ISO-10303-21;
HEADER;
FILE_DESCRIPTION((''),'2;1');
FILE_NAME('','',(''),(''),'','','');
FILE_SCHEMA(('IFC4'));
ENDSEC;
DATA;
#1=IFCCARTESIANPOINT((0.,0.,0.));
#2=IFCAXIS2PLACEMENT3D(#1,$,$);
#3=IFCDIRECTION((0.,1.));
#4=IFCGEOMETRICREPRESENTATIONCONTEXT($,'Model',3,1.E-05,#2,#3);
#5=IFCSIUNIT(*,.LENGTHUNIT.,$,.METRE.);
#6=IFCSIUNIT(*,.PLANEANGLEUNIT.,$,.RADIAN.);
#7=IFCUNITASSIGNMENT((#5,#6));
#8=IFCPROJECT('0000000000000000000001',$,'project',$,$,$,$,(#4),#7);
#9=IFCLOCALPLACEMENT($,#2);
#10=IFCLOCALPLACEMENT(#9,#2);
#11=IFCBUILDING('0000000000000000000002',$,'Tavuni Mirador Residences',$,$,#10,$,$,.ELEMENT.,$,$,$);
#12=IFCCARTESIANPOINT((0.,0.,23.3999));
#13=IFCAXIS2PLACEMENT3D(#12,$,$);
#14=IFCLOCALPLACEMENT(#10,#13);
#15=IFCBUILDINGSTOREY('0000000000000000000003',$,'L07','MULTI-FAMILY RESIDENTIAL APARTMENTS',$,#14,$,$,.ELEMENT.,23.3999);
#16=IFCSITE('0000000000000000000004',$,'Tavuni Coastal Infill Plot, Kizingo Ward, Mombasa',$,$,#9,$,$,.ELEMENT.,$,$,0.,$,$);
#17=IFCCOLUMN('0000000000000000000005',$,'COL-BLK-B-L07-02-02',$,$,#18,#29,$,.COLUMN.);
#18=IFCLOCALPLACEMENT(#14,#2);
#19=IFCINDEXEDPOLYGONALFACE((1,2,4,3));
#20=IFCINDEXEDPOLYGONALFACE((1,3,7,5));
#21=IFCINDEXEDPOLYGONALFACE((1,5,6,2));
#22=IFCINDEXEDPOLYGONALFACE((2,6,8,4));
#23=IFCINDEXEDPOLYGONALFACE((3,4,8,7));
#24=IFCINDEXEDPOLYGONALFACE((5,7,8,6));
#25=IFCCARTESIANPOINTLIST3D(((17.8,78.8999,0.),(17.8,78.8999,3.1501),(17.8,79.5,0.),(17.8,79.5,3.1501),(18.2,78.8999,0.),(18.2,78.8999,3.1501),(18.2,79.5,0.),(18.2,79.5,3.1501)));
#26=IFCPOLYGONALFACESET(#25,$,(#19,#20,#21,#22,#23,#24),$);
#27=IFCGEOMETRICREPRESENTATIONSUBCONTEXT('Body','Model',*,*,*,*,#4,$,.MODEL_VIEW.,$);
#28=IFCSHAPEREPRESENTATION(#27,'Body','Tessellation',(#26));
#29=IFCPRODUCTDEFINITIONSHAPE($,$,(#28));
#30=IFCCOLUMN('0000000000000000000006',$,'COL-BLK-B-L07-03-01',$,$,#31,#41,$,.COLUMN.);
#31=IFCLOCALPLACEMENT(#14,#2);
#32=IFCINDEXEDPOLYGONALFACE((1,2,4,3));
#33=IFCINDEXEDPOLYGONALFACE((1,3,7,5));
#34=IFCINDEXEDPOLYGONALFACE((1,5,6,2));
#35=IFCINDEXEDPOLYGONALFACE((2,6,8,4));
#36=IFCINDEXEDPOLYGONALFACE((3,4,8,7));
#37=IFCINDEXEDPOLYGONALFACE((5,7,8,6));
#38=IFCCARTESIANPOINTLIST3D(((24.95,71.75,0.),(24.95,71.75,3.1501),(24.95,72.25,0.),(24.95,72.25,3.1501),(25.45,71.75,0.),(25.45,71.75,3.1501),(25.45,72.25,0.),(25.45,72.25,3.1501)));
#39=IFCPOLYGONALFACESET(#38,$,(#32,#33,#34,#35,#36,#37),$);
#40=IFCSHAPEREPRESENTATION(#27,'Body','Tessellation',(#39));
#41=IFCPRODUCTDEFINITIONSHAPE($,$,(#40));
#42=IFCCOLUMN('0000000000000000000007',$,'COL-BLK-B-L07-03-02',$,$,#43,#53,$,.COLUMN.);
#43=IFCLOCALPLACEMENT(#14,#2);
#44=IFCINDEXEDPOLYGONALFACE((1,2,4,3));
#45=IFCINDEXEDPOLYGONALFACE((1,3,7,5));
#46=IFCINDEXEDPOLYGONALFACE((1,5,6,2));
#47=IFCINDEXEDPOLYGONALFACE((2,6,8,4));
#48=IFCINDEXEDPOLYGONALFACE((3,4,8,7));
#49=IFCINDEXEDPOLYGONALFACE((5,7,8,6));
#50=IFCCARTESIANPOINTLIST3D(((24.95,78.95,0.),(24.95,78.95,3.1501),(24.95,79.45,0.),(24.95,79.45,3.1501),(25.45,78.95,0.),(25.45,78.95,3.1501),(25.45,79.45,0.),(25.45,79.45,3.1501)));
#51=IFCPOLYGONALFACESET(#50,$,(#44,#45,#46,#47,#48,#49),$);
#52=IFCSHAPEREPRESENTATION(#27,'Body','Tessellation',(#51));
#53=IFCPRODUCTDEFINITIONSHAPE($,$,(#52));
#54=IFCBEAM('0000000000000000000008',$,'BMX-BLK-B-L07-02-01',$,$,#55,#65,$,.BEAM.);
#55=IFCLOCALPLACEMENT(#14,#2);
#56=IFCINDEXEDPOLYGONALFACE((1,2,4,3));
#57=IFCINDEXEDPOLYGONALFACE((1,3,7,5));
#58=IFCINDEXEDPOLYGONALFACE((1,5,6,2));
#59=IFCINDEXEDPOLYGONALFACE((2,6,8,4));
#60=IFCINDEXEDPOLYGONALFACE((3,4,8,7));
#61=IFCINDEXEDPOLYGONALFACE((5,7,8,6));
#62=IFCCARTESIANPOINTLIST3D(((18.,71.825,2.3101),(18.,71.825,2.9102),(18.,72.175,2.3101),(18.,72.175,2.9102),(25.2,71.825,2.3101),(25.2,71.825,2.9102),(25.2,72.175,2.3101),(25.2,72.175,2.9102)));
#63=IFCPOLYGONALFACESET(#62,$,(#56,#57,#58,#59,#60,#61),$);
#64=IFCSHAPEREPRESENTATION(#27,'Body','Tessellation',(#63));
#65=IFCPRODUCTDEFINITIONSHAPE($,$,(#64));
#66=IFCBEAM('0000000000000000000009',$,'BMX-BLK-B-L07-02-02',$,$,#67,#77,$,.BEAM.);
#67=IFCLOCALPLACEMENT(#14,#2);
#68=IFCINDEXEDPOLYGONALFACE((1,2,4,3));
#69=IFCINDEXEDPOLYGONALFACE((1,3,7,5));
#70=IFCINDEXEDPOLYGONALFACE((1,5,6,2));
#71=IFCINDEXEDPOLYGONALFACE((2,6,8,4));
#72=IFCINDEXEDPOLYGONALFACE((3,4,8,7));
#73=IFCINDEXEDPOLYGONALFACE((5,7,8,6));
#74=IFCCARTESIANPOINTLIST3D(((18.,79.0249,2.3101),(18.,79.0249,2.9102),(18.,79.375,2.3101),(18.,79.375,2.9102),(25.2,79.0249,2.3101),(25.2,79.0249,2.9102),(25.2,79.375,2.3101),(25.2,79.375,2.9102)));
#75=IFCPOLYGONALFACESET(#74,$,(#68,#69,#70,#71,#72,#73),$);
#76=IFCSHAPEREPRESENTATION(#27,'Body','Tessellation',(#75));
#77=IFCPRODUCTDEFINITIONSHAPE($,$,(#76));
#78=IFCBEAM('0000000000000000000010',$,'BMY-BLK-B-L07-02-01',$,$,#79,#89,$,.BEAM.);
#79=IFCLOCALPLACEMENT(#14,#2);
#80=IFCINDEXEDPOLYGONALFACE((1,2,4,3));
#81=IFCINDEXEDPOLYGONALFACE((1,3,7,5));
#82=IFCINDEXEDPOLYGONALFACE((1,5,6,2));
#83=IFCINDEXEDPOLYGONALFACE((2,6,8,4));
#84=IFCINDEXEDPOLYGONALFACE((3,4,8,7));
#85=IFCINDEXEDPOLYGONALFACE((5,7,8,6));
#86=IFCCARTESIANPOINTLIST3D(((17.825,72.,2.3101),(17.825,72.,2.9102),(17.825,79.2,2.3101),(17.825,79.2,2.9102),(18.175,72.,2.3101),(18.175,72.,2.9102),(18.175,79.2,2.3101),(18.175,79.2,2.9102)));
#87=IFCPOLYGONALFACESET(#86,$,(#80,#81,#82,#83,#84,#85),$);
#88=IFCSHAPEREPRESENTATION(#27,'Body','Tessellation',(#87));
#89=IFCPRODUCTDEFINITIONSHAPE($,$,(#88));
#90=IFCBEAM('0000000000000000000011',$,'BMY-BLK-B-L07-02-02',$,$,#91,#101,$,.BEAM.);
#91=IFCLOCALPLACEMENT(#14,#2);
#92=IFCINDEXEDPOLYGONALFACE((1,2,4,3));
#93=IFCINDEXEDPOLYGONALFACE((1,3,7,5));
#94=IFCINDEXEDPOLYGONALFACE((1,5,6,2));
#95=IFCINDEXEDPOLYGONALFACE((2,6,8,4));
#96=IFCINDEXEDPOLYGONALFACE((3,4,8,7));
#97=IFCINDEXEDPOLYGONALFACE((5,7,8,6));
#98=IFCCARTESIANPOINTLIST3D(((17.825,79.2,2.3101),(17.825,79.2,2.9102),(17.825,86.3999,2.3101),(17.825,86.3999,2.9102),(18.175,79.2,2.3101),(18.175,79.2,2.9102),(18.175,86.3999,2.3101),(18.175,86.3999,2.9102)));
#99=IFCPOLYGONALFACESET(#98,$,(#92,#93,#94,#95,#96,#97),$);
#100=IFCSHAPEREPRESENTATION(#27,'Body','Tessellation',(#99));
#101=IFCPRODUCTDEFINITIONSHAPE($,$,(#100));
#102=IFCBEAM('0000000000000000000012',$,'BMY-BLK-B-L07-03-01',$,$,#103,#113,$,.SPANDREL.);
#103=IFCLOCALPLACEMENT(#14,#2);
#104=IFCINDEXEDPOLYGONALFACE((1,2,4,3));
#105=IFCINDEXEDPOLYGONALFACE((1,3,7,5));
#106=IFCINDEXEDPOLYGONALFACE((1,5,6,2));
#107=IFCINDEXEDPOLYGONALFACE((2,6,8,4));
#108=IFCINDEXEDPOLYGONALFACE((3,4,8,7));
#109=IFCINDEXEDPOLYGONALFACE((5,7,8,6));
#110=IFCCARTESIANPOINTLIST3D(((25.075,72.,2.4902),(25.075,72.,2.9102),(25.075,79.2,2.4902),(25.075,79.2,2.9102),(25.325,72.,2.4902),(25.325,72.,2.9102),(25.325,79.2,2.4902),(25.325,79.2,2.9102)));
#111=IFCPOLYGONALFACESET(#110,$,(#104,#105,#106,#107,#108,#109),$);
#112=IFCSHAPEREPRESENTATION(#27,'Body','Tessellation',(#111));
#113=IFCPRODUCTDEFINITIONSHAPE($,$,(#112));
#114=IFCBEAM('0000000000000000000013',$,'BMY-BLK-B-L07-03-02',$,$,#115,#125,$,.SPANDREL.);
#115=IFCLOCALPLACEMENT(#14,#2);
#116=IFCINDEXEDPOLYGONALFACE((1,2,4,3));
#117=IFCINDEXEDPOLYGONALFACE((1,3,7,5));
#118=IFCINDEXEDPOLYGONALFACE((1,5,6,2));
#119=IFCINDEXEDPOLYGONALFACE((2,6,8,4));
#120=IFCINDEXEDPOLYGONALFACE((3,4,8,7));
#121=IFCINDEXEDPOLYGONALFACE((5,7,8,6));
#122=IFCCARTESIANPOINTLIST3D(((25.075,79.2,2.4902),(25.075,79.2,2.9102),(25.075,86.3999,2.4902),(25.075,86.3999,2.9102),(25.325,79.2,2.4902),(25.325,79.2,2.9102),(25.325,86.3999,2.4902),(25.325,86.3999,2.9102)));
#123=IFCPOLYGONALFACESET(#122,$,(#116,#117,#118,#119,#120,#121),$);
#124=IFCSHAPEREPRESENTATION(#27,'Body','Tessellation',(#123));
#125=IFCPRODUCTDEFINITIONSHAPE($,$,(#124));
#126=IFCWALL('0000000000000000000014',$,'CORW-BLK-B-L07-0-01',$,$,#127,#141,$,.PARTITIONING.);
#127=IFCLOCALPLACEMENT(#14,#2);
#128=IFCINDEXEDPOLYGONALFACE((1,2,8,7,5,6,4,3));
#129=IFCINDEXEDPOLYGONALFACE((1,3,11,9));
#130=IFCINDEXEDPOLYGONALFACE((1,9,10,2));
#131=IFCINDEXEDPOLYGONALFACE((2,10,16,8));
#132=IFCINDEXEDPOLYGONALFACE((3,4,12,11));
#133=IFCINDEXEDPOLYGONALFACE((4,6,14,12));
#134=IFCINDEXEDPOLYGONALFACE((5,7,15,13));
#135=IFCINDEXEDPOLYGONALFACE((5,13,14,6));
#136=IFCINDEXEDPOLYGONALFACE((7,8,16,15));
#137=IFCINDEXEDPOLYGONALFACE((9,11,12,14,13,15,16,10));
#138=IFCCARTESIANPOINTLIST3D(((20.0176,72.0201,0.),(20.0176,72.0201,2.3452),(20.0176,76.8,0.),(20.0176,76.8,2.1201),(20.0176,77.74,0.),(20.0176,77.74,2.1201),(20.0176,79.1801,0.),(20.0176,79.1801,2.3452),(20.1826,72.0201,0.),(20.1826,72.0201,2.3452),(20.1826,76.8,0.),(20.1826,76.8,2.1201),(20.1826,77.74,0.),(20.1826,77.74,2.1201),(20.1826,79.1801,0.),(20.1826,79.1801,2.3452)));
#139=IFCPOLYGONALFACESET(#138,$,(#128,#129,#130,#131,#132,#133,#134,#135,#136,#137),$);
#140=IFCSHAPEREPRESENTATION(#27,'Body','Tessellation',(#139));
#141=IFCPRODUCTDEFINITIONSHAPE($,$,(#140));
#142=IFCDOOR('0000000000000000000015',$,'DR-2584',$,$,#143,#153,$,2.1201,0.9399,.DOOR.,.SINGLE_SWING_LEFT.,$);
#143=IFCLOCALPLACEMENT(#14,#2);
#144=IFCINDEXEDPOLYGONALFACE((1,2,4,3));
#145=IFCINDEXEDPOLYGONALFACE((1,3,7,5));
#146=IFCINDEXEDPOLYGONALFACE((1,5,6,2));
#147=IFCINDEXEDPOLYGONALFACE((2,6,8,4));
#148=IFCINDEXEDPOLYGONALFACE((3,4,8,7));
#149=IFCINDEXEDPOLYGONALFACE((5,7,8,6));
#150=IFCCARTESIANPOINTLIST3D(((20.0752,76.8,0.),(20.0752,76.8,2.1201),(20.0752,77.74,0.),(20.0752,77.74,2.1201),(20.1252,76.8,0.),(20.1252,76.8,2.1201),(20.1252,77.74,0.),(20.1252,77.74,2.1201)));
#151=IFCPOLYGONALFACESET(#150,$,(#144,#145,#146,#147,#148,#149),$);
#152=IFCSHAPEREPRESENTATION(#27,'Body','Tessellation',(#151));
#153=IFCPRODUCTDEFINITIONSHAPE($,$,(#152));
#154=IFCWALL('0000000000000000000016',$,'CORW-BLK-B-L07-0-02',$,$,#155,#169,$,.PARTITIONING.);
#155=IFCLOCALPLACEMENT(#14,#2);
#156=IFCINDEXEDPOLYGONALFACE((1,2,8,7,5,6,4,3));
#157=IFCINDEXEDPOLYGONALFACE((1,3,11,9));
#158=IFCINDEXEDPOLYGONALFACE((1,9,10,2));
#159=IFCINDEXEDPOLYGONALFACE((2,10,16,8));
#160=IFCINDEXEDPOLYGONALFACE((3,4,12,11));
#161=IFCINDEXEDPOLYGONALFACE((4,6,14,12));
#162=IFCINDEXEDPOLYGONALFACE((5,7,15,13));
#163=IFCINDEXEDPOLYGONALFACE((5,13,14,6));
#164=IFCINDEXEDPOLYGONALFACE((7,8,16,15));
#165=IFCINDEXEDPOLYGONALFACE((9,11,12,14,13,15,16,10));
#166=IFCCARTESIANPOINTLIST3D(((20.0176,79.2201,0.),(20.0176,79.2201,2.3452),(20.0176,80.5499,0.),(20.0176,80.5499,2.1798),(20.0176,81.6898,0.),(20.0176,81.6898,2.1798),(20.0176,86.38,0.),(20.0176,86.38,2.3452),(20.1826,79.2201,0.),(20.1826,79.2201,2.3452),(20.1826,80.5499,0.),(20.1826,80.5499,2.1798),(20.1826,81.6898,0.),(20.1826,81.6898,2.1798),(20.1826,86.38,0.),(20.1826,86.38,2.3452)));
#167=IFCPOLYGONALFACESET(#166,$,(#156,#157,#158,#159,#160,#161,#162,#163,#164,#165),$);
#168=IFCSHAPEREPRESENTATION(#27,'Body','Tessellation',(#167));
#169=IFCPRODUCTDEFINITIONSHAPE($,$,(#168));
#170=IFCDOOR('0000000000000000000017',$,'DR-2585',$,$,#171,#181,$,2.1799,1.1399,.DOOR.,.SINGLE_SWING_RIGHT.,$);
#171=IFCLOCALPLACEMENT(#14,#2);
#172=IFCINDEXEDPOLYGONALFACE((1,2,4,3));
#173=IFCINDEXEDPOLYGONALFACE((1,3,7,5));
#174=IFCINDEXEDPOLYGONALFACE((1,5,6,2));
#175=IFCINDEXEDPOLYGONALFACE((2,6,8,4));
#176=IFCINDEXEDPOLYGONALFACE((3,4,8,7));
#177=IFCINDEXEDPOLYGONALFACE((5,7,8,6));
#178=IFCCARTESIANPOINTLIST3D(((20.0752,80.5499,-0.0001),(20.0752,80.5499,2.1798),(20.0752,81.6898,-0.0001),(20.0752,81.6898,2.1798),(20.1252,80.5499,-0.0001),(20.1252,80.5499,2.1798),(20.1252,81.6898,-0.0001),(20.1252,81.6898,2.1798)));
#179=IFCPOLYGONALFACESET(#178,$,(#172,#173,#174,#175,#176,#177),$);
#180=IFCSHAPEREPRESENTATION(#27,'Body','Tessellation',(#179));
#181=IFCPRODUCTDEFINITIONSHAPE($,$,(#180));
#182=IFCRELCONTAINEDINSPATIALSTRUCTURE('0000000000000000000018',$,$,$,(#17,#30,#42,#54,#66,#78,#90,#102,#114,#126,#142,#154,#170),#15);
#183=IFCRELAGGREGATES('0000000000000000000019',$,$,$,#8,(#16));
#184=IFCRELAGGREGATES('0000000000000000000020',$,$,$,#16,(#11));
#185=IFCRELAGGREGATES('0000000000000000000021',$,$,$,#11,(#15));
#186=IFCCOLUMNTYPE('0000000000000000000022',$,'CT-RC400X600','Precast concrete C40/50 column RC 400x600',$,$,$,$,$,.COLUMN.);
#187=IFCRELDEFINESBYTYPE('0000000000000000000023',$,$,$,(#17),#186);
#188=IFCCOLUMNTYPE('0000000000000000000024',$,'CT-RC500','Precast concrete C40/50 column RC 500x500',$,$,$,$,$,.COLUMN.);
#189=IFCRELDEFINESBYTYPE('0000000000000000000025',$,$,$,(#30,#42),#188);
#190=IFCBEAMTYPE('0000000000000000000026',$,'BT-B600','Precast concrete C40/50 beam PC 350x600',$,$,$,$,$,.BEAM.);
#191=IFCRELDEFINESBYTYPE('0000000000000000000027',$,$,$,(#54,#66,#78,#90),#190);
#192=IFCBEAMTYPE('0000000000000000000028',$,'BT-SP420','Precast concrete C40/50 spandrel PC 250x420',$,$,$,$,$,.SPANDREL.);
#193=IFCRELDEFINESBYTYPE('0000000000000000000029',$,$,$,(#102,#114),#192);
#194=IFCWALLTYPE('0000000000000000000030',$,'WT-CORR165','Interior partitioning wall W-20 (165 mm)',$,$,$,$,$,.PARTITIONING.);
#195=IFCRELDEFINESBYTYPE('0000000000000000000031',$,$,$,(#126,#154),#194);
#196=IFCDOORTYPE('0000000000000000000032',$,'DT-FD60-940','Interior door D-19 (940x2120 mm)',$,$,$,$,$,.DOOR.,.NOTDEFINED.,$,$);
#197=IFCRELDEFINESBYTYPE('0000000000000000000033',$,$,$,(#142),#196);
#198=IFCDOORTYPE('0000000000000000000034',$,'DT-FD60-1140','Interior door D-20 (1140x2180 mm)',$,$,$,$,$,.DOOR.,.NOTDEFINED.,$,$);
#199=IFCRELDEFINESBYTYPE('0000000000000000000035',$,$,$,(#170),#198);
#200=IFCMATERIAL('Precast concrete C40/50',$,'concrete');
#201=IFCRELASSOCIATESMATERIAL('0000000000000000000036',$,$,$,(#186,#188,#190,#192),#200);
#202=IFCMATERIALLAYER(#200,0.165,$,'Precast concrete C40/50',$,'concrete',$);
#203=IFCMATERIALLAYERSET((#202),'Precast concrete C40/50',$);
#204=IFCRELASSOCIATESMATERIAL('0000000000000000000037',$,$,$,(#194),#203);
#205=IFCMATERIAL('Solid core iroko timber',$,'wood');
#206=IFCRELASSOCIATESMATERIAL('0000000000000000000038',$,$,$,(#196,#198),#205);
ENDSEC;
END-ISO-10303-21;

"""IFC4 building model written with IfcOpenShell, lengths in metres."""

from ifc_helpers import new_model, si_unit, direction, frame, frame_2d, origin, origin_2d, place, context, subcontext, project, spatial, rectangle, extrude, material, layer, layer_set, material_profile, profile_set, type_object, element, fill, save


model = new_model("IFC4")

# Units and contexts
model_context = context("Model", 3, precision=1e-05, world=origin(), true_north=direction((0.0, 1.0)))
body_context = subcontext(model_context, "Body", "Model", "MODEL_VIEW")
ifc_project = project(units=[si_unit("LENGTHUNIT", "METRE"), si_unit("PLANEANGLEUNIT", "RADIAN")], contexts=[model_context])

# Site, building, storey
site_placement = place(None, origin())
site = spatial("IfcSite", under=ifc_project, at=site_placement, Name="Tavuni Coastal Infill Plot, Kizingo Ward, Mombasa", CompositionType="ELEMENT", RefElevation=0.0)
building_placement = place(site_placement, origin())
building = spatial("IfcBuilding", under=site, at=building_placement, Name="Tavuni Mirador Residences", CompositionType="ELEMENT")
storey_placement = place(building_placement, frame((0.0, 0.0, 23.3999)))
storey = spatial("IfcBuildingStorey", under=building, at=storey_placement, Name="L07", Description="MULTI-FAMILY RESIDENTIAL APARTMENTS", CompositionType="ELEMENT", Elevation=23.3999)

# Columns
ifc_material_1 = material(Name="Precast concrete C40/50", Category="concrete")
ifc_material_profile_1 = material_profile(ifc_material_1, rectangle(XDim=0.3999, YDim=0.6001, at=origin_2d()), Name="RC 400x600", Category="concrete")
ifc_profile_set_1 = profile_set([ifc_material_profile_1], Name="Precast concrete C40/50")
column_type_1 = type_object("IfcColumnType", Name="CT-RC400X600", Description="Precast concrete C40/50 column RC 400x600", PredefinedType="COLUMN", material=ifc_profile_set_1)
column_placement = place(storey_placement, frame((18.0, 79.2, 0.0), z_axis=(0.0, 0.0, 1.0), x_axis=(1.0, 0.0, 0.0)))
element("IfcColumn", 1, at=column_placement, inside=storey, type_object=column_type_1, Name="COL-BLK-B-L07-02-02", PredefinedType="COLUMN", context=body_context, shape_type="SweptSolid", body=[
    extrude(rectangle(XDim=0.3999, YDim=0.6001, at=origin_2d()), origin(), (0.0, 0.0, 1.0), 3.1501),
])
ifc_material_profile_2 = material_profile(ifc_material_1, rectangle(XDim=0.5, YDim=0.5, at=origin_2d()), Name="RC 500x500", Category="concrete")
ifc_profile_set_2 = profile_set([ifc_material_profile_2], Name="Precast concrete C40/50")
column_type_2 = type_object("IfcColumnType", Name="CT-RC500", Description="Precast concrete C40/50 column RC 500x500", PredefinedType="COLUMN", material=ifc_profile_set_2)
for number, where, z_axis, x_axis, name in (
    (2, (25.2, 72.0, 0.0), (0.0, 0.0, 1.0), (1.0, 0.0, 0.0), "COL-BLK-B-L07-03-01"),
    (3, (25.2, 79.2, 0.0), (0.0, 0.0, 1.0), (1.0, 0.0, 0.0), "COL-BLK-B-L07-03-02"),
):
    element("IfcColumn", number, at=place(storey_placement, frame(where, z_axis=z_axis, x_axis=x_axis)), inside=storey, type_object=column_type_2, Name=name, PredefinedType="COLUMN", context=body_context, shape_type="SweptSolid", body=[
        extrude(rectangle(XDim=0.5, YDim=0.5, at=origin_2d()), origin(), (0.0, 0.0, 1.0), 3.1501),
    ])

# Beams
ifc_material_profile_3 = material_profile(ifc_material_1, rectangle(XDim=0.3501, YDim=0.6001, at=origin_2d()), Name="PC 350x600", Category="concrete")
ifc_profile_set_3 = profile_set([ifc_material_profile_3], Name="Precast concrete C40/50")
beam_type_1 = type_object("IfcBeamType", Name="BT-B600", Description="Precast concrete C40/50 beam PC 350x600", PredefinedType="BEAM", material=ifc_profile_set_3)
for number, where, z_axis, x_axis, name in (
    (4, (18.0, 72.0, 2.6101), (1.0, 0.0, 0.0), (0.0, 1.0, 0.0), "BMX-BLK-B-L07-02-01"),
    (5, (18.0, 79.2, 2.6101), (1.0, 0.0, 0.0), (0.0, 1.0, 0.0), "BMX-BLK-B-L07-02-02"),
    (6, (18.0, 72.0, 2.6101), (0.0, 1.0, 0.0), (-1.0, 0.0, 0.0), "BMY-BLK-B-L07-02-01"),
    (7, (18.0, 79.2, 2.6101), (0.0, 1.0, 0.0), (-1.0, 0.0, 0.0), "BMY-BLK-B-L07-02-02"),
):
    element("IfcBeam", number, at=place(storey_placement, frame(where, z_axis=z_axis, x_axis=x_axis)), inside=storey, type_object=beam_type_1, Name=name, PredefinedType="BEAM", context=body_context, shape_type="SweptSolid", body=[
        extrude(rectangle(XDim=0.3501, YDim=0.6001, at=origin_2d()), origin(), (0.0, 0.0, 1.0), 7.2),
    ])
ifc_material_profile_4 = material_profile(ifc_material_1, rectangle(XDim=0.25, YDim=0.4199, at=origin_2d()), Name="PC 250x420", Category="concrete")
ifc_profile_set_4 = profile_set([ifc_material_profile_4], Name="Precast concrete C40/50")
beam_type_2 = type_object("IfcBeamType", Name="BT-SP420", Description="Precast concrete C40/50 spandrel PC 250x420", PredefinedType="SPANDREL", material=ifc_profile_set_4)
for number, where, z_axis, x_axis, name in (
    (8, (25.2, 72.0, 2.7002), (0.0, 1.0, 0.0), (-1.0, 0.0, 0.0), "BMY-BLK-B-L07-03-01"),
    (9, (25.2, 79.2, 2.7002), (0.0, 1.0, 0.0), (-1.0, 0.0, 0.0), "BMY-BLK-B-L07-03-02"),
):
    element("IfcBeam", number, at=place(storey_placement, frame(where, z_axis=z_axis, x_axis=x_axis)), inside=storey, type_object=beam_type_2, Name=name, PredefinedType="SPANDREL", context=body_context, shape_type="SweptSolid", body=[
        extrude(rectangle(XDim=0.25, YDim=0.4199, at=origin_2d()), origin(), (0.0, 0.0, 1.0), 7.2),
    ])

# Walls, openings, doors
ifc_material_2 = material(Name="Solid core iroko timber", Category="wood")
ifc_layer_1 = layer(ifc_material_1, 0.165, Name="Precast concrete C40/50", Category="concrete")
ifc_layer_set_1 = layer_set([ifc_layer_1], Name="Precast concrete C40/50")
wall_type_1 = type_object("IfcWallType", Name="WT-CORR165", Description="Interior partitioning wall W-20 (165 mm)", PredefinedType="PARTITIONING", material=ifc_layer_set_1)
wall_1_placement = place(storey_placement, frame((20.1001, 72.02, 0.0), z_axis=(0.0, 0.0, 1.0), x_axis=(0.0, 1.0, 0.0)))
wall_1 = element("IfcWall", 10, at=wall_1_placement, inside=storey, type_object=wall_type_1, Name="CORW-BLK-B-L07-0-01", PredefinedType="PARTITIONING", context=body_context, shape_type="SweptSolid", body=[
    extrude(rectangle(XDim=7.1599, YDim=0.165, at=frame_2d((3.5801, 0.0))), origin(), (0.0, 0.0, 1.0), 2.3452),
])
opening_1_placement = place(wall_1_placement, frame((4.78, 0.0, 0.0)))
opening_1 = element("IfcOpeningElement", 11, at=opening_1_placement, cuts=wall_1, PredefinedType="OPENING", context=body_context, shape_type="SweptSolid", body=[
    extrude(rectangle(XDim=0.9399, YDim=2.1201, at=frame_2d((0.47, 1.0601))), frame((0.0, 0.0925, 0.0), z_axis=(0.0, -1.0, 0.0), x_axis=(1.0, 0.0, 0.0)), (0.0, 0.0, 1.0), 0.1851),
])
door_type_1 = type_object("IfcDoorType", Name="DT-FD60-940", Description="Interior door D-19 (940x2120 mm)", OperationType="NOTDEFINED", PredefinedType="DOOR", material=ifc_material_2)
door_1_placement = place(opening_1_placement, origin())
door_1 = element("IfcDoor", 12, at=door_1_placement, inside=storey, type_object=door_type_1, Name="DR-2584", OperationType="SINGLE_SWING_LEFT", OverallHeight=2.1201, OverallWidth=0.9399, PredefinedType="DOOR", context=body_context, shape_type="SweptSolid", body=[
    extrude(rectangle(XDim=0.9399, YDim=2.1201, at=frame_2d((0.47, 1.0601))), frame((0.0, 0.0249, 0.0), z_axis=(0.0, -1.0, 0.0), x_axis=(1.0, 0.0, 0.0)), (0.0, 0.0, 1.0), 0.05),
])
fill(opening_1, door_1)
wall_2_placement = place(storey_placement, frame((20.1001, 79.22, 0.0), z_axis=(0.0, 0.0, 1.0), x_axis=(0.0, 1.0, 0.0)))
wall_2 = element("IfcWall", 13, at=wall_2_placement, inside=storey, type_object=wall_type_1, Name="CORW-BLK-B-L07-0-02", PredefinedType="PARTITIONING", context=body_context, shape_type="SweptSolid", body=[
    extrude(rectangle(XDim=7.1599, YDim=0.165, at=frame_2d((3.5801, 0.0))), origin(), (0.0, 0.0, 1.0), 2.3452),
])
opening_2_placement = place(wall_2_placement, frame((1.3301, 0.0, 0.0)))
opening_2 = element("IfcOpeningElement", 14, at=opening_2_placement, cuts=wall_2, PredefinedType="OPENING", context=body_context, shape_type="SweptSolid", body=[
    extrude(rectangle(XDim=1.1399, YDim=2.1799, at=frame_2d((0.5698, 1.0898))), frame((0.0, 0.0925, 0.0), z_axis=(0.0, -1.0, 0.0), x_axis=(1.0, 0.0, 0.0)), (0.0, 0.0, 1.0), 0.1851),
])
door_type_2 = type_object("IfcDoorType", Name="DT-FD60-1140", Description="Interior door D-20 (1140x2180 mm)", OperationType="NOTDEFINED", PredefinedType="DOOR", material=ifc_material_2)
door_2_placement = place(opening_2_placement, origin())
door_2 = element("IfcDoor", 15, at=door_2_placement, inside=storey, type_object=door_type_2, Name="DR-2585", OperationType="SINGLE_SWING_RIGHT", OverallHeight=2.1799, OverallWidth=1.1399, PredefinedType="DOOR", context=body_context, shape_type="SweptSolid", body=[
    extrude(rectangle(XDim=1.1399, YDim=2.1799, at=frame_2d((0.5698, 1.0898))), frame((0.0, 0.0249, 0.0), z_axis=(0.0, -1.0, 0.0), x_axis=(1.0, 0.0, 0.0)), (0.0, 0.0, 1.0), 0.05),
])
fill(opening_2, door_2)

save(model, "model.ifc")
